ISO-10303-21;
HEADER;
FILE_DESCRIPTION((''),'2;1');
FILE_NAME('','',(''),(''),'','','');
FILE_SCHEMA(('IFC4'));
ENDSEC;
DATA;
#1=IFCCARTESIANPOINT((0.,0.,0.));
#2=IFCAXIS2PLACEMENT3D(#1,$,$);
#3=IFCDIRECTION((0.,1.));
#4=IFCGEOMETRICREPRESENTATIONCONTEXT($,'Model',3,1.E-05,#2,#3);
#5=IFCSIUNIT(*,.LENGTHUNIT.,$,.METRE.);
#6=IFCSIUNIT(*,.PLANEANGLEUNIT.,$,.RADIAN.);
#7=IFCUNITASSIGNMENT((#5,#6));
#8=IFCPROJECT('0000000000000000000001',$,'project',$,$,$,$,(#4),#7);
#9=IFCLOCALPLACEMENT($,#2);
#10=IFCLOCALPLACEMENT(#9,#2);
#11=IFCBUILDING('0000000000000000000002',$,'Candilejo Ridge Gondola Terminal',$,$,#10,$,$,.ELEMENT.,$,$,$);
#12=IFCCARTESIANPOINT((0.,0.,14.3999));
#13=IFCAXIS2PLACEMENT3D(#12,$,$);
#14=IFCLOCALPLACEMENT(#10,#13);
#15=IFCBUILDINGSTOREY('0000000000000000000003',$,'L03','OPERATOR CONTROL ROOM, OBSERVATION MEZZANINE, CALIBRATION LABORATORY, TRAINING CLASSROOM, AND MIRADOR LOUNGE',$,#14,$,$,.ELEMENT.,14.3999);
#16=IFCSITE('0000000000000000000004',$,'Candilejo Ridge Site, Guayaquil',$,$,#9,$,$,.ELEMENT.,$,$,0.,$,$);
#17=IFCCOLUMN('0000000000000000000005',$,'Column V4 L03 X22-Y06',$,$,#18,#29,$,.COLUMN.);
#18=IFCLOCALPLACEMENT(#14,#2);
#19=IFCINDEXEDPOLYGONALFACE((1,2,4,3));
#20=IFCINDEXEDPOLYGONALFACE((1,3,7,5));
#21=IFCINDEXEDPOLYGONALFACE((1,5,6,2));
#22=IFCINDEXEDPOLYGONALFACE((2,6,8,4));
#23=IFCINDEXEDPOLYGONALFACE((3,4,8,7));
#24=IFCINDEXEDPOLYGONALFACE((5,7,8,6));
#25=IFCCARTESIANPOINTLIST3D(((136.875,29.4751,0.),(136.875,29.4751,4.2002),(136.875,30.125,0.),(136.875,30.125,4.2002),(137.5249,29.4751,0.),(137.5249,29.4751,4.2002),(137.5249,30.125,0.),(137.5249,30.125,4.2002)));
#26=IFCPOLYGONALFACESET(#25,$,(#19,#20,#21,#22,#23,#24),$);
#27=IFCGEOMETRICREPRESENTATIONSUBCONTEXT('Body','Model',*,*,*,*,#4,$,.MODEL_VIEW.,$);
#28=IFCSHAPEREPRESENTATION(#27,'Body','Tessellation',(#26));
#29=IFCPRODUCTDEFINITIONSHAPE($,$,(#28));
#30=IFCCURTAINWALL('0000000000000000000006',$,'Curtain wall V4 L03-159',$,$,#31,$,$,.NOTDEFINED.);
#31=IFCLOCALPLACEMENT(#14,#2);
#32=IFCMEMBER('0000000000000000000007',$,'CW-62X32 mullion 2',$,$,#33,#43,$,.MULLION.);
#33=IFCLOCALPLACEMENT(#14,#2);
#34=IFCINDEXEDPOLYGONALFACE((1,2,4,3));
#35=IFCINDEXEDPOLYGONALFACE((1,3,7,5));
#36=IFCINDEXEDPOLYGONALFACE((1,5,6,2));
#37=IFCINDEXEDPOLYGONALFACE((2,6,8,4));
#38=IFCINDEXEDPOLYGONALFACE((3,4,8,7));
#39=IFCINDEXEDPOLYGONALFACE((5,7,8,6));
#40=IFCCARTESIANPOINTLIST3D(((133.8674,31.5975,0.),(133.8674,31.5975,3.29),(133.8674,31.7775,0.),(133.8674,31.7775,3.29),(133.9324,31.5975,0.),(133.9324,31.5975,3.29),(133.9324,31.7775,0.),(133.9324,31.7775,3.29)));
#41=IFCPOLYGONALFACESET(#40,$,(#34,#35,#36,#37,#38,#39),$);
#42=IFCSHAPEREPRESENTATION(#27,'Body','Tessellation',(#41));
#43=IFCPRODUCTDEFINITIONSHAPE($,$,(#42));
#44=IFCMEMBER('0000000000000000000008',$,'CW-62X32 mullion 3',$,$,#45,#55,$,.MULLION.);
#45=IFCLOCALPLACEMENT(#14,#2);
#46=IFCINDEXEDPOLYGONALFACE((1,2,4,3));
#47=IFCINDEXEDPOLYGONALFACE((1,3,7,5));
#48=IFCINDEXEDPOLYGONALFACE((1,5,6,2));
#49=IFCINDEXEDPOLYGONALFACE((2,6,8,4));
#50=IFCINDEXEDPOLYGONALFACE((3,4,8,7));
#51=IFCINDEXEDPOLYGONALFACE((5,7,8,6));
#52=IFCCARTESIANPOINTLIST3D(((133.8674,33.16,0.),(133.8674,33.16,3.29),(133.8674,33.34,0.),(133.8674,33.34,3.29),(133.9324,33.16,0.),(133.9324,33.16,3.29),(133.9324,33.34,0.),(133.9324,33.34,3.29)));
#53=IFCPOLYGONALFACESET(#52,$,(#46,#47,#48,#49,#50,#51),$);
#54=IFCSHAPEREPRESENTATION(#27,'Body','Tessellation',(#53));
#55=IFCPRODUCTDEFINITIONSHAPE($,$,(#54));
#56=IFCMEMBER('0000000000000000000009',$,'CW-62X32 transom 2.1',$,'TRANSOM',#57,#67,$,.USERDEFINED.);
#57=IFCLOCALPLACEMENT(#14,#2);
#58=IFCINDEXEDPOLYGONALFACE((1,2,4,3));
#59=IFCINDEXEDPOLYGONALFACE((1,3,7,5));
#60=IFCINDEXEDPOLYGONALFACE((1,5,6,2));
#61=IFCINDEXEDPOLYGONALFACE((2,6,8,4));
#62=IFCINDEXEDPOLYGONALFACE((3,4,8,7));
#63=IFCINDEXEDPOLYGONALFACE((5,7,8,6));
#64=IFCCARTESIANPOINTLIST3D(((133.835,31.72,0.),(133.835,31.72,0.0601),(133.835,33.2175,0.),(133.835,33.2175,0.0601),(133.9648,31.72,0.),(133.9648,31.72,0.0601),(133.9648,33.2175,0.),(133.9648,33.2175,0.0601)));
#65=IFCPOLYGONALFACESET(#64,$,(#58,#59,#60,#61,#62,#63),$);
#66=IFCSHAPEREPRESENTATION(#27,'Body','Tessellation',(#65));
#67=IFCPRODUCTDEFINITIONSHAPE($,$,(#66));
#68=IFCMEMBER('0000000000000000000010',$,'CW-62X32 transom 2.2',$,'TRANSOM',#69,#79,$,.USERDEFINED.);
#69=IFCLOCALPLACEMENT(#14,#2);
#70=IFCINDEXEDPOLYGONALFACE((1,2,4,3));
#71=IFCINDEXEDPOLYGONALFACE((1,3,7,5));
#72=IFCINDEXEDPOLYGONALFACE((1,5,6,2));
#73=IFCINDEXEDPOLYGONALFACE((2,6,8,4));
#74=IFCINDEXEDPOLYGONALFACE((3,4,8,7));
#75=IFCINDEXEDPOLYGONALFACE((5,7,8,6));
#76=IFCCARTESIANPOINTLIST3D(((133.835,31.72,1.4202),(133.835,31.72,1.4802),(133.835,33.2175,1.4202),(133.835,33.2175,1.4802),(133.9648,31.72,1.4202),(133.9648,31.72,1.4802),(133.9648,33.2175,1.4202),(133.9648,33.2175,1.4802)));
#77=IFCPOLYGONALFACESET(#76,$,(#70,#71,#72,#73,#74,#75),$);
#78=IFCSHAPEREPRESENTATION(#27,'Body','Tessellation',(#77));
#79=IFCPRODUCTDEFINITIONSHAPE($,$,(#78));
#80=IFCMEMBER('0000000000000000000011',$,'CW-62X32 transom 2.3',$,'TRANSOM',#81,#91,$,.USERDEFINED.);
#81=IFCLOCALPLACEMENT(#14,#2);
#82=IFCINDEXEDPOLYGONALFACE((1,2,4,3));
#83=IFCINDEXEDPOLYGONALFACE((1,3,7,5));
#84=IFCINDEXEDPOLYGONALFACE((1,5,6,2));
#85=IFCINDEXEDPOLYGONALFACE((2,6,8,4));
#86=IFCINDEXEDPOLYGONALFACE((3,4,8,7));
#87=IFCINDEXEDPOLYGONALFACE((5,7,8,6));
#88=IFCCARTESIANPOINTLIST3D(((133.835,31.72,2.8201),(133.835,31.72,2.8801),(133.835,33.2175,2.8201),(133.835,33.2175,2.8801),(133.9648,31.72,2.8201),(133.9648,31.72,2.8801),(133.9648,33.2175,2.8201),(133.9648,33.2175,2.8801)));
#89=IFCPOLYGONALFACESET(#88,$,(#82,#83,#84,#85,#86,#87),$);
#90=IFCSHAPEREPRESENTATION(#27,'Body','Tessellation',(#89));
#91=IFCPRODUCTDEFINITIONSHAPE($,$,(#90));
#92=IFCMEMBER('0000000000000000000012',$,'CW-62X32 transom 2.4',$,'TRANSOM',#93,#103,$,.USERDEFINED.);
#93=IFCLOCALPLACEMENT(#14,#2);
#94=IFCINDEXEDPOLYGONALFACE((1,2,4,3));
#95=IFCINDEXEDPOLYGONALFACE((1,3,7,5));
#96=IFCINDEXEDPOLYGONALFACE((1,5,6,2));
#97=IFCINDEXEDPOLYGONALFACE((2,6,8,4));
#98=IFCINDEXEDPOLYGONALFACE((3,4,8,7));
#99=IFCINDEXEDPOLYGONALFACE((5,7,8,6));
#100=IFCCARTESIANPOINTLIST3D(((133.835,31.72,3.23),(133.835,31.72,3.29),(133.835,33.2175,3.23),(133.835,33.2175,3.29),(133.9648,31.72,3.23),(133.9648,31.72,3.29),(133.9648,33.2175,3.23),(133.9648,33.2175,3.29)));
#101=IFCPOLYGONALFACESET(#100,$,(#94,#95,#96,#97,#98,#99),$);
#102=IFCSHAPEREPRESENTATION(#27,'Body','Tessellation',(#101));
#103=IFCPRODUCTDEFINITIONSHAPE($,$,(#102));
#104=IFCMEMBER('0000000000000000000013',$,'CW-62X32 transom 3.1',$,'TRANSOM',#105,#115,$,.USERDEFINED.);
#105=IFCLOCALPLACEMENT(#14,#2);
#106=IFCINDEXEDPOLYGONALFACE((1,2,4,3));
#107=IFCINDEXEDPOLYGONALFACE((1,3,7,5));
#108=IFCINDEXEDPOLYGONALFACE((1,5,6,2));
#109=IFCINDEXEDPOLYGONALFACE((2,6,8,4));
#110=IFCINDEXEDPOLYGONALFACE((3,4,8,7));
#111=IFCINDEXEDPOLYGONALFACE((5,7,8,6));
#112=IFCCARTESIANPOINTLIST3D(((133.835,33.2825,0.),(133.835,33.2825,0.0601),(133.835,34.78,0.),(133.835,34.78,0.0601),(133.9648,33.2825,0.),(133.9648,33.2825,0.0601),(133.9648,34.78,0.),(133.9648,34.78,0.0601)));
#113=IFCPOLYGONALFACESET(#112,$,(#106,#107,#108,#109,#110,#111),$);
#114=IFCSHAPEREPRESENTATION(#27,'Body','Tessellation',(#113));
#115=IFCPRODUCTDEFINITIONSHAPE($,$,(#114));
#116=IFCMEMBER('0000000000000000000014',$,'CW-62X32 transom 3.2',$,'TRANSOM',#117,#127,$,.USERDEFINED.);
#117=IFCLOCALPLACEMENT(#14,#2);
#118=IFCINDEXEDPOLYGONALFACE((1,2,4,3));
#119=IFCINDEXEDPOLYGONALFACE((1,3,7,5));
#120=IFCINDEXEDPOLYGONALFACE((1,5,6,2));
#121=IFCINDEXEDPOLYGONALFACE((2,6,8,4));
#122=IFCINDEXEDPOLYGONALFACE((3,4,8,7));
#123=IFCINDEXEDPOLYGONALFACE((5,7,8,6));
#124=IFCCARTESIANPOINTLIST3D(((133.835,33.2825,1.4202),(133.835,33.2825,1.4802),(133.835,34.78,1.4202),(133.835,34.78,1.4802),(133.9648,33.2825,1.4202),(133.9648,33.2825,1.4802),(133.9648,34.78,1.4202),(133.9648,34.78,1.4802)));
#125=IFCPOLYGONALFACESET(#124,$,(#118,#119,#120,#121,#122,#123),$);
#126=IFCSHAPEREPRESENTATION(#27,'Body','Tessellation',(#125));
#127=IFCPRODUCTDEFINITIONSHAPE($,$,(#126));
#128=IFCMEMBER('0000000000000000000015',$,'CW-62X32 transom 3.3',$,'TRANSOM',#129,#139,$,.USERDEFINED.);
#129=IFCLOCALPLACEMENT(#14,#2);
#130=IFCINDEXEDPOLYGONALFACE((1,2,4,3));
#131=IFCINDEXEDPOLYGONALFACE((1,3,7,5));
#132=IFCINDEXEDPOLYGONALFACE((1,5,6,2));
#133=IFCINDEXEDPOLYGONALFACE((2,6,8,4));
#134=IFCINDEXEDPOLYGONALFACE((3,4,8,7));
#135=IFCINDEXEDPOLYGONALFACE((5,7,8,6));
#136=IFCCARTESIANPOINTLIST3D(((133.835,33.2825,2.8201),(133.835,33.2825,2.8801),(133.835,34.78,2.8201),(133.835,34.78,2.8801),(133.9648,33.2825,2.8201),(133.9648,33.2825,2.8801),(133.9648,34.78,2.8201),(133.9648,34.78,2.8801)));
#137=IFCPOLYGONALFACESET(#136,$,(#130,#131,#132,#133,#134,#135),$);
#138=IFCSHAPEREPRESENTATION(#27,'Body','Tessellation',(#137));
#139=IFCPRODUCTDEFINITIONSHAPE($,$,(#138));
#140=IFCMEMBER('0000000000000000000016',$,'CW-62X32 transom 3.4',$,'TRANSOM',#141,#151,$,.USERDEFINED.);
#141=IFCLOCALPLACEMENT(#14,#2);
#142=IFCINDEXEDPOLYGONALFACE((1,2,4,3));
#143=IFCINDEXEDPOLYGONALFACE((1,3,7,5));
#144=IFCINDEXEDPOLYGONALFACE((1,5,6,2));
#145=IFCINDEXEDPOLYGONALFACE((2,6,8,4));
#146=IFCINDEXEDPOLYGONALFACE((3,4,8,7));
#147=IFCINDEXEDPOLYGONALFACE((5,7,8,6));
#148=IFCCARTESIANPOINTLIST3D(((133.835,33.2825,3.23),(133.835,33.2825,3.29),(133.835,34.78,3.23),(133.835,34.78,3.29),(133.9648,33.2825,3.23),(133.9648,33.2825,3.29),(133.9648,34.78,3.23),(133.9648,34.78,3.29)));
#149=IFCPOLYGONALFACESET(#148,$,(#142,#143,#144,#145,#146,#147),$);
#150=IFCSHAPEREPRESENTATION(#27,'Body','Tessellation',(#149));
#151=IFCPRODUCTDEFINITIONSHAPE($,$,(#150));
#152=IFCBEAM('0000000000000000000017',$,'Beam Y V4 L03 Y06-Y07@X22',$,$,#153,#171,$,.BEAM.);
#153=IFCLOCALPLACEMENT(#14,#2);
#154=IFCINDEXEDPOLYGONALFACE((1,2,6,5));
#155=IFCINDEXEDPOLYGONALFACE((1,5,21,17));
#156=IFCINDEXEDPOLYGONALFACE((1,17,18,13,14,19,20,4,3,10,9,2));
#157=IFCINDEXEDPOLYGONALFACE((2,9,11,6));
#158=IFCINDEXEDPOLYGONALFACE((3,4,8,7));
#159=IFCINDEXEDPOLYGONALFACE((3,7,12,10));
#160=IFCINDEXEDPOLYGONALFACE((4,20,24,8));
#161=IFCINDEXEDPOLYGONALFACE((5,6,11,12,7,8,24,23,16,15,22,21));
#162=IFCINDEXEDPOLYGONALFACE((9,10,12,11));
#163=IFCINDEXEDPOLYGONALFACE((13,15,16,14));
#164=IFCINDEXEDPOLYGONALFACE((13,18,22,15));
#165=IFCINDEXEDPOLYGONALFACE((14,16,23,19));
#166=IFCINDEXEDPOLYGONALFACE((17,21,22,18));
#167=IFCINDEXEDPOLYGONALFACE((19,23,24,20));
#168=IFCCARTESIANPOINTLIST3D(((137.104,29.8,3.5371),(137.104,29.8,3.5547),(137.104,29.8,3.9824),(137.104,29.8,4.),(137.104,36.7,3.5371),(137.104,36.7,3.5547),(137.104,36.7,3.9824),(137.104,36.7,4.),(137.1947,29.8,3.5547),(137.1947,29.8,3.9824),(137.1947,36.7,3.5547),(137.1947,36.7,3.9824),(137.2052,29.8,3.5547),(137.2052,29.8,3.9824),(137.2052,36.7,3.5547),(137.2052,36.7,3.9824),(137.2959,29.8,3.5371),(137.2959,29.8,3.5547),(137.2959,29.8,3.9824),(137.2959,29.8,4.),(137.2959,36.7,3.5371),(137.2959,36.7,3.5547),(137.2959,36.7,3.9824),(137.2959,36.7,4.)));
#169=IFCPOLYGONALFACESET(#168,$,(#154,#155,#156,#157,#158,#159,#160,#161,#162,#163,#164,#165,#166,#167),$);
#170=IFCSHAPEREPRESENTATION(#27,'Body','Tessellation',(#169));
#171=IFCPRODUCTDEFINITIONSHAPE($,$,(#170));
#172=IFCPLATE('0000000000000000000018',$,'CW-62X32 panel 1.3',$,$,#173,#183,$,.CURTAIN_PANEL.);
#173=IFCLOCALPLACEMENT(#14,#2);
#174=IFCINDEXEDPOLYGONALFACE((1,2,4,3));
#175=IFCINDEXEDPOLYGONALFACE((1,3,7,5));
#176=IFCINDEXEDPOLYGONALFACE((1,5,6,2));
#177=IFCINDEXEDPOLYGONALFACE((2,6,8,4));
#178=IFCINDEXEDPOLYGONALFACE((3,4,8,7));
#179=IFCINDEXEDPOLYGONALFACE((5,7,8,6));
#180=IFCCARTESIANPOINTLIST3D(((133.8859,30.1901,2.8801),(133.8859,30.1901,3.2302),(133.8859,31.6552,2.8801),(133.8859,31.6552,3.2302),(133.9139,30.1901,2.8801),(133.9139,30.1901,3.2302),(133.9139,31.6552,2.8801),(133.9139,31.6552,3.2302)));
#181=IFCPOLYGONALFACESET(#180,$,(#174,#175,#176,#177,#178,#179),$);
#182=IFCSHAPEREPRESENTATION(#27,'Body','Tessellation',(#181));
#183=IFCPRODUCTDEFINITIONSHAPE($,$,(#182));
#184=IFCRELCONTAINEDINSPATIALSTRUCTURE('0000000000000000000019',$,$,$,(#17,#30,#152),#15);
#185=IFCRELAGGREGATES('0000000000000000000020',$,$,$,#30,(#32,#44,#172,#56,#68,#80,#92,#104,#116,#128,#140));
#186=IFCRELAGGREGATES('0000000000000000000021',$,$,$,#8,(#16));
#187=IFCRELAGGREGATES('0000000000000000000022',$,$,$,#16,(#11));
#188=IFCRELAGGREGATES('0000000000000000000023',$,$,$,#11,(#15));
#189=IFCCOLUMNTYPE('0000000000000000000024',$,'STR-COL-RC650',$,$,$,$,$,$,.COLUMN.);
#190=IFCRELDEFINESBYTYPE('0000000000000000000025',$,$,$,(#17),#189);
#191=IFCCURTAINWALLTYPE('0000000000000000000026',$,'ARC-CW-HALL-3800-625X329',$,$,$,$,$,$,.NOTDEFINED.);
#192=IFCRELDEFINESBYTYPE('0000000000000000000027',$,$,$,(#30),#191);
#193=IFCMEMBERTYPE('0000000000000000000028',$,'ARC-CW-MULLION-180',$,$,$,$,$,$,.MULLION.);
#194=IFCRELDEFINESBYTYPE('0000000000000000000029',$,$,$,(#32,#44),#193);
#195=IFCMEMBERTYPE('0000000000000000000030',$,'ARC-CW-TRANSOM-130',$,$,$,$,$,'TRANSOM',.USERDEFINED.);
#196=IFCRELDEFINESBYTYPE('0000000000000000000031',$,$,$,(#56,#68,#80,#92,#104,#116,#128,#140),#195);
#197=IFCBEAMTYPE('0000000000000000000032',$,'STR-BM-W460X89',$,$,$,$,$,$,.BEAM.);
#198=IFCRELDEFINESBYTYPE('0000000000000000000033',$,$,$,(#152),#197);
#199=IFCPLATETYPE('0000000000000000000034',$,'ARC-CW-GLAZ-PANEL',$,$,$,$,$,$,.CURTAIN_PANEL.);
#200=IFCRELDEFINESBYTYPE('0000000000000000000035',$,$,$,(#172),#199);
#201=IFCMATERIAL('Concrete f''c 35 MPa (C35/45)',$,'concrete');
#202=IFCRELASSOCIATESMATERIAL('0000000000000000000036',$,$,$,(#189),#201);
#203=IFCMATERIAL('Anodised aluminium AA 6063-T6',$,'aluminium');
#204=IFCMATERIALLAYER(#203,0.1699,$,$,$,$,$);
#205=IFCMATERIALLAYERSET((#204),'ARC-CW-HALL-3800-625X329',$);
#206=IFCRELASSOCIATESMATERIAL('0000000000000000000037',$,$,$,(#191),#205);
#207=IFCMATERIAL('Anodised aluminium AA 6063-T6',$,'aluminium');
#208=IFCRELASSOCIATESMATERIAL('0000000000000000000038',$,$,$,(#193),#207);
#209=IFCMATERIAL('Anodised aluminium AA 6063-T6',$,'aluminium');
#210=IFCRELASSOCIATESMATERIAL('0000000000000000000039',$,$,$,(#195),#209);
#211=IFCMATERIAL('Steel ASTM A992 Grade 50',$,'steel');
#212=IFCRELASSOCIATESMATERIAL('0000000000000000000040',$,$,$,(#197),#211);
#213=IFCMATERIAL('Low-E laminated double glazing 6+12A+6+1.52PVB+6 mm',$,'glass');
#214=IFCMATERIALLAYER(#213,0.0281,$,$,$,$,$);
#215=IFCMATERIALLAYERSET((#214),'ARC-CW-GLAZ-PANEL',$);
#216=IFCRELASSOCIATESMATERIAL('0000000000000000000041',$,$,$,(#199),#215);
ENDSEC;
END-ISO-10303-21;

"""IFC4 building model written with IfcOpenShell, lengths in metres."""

from ifc_helpers import new_model, si_unit, direction, frame, origin, origin_2d, place, context, subcontext, project, spatial, rectangle, i_section, extrude, material, layer, layer_set, material_profile, profile_set, type_object, element, aggregate, save


model = new_model("IFC4")

# Units and contexts
model_context = context("Model", 3, precision=1e-05, world=origin(), true_north=direction((0.0, 1.0)))
body_context = subcontext(model_context, "Body", "Model", "MODEL_VIEW")
ifc_project = project(units=[si_unit("LENGTHUNIT", "METRE"), si_unit("PLANEANGLEUNIT", "RADIAN")], contexts=[model_context])

# Site, building, storey
site_placement = place(None, origin())
site = spatial("IfcSite", under=ifc_project, at=site_placement, Name="Candilejo Ridge Site, Guayaquil", CompositionType="ELEMENT", RefElevation=0.0)
building_placement = place(site_placement, origin())
building = spatial("IfcBuilding", under=site, at=building_placement, Name="Candilejo Ridge Gondola Terminal", CompositionType="ELEMENT")
storey_placement = place(building_placement, frame((0.0, 0.0, 14.3999)))
storey = spatial("IfcBuildingStorey", under=building, at=storey_placement, Name="L03", Description="OPERATOR CONTROL ROOM, OBSERVATION MEZZANINE, CALIBRATION LABORATORY, TRAINING CLASSROOM, AND MIRADOR LOUNGE", CompositionType="ELEMENT", Elevation=14.3999)

# Column
ifc_material_1 = material(Name="Concrete f'c 35 MPa (C35/45)", Category="concrete")
ifc_material_profile_1 = material_profile(ifc_material_1, rectangle(XDim=0.6499, YDim=0.6499, at=origin_2d()))
ifc_profile_set_1 = profile_set([ifc_material_profile_1], Name="Concrete f'c 35 MPa (C35/45)")
column_type = type_object("IfcColumnType", Name="STR-COL-RC650", PredefinedType="COLUMN", material=ifc_profile_set_1)
column_placement = place(storey_placement, frame((137.2, 29.8, 0.0), z_axis=(0.0, 0.0, 1.0), x_axis=(1.0, 0.0, 0.0)))
element("IfcColumn", 1, at=column_placement, inside=storey, type_object=column_type, Name="Column V4 L03 X22-Y06", PredefinedType="COLUMN", context=body_context, shape_type="SweptSolid", body=[
    extrude(rectangle(XDim=0.6499, YDim=0.6499, at=origin_2d()), origin(), (0.0, 0.0, 1.0), 4.2002),
])

# Curtain wall, members
ifc_material_2 = material(Name="Anodised aluminium AA 6063-T6", Category="aluminium")
ifc_layer_1 = layer(ifc_material_2, 0.1699)
ifc_layer_set_1 = layer_set([ifc_layer_1], Name="ARC-CW-HALL-3800-625X329")
curtain_wall_type = type_object("IfcCurtainWallType", Name="ARC-CW-HALL-3800-625X329", PredefinedType="NOTDEFINED", material=ifc_layer_set_1)
curtain_wall_placement = place(storey_placement, origin())
curtain_wall = element("IfcCurtainWall", 2, at=curtain_wall_placement, inside=storey, type_object=curtain_wall_type, Name="Curtain wall V4 L03-159", PredefinedType="NOTDEFINED")
ifc_material_3 = material(Name="Anodised aluminium AA 6063-T6", Category="aluminium")
ifc_material_profile_2 = material_profile(ifc_material_3, rectangle(XDim=0.0649, YDim=0.1799, at=origin_2d()))
ifc_profile_set_2 = profile_set([ifc_material_profile_2], Name="Anodised aluminium AA 6063-T6")
member_type_1 = type_object("IfcMemberType", Name="ARC-CW-MULLION-180", PredefinedType="MULLION", material=ifc_profile_set_2)
member_1_placement = place(storey_placement, frame((133.8999, 31.6875, 0.0), z_axis=(0.0, 0.0, 1.0), x_axis=(-1.0, 0.0, 0.0)))
member_1 = element("IfcMember", 3, at=member_1_placement, type_object=member_type_1, Name="CW-62X32 mullion 2", PredefinedType="MULLION", context=body_context, shape_type="SweptSolid", body=[
    extrude(rectangle(XDim=0.0649, YDim=0.1799, at=origin_2d()), origin(), (0.0, 0.0, 1.0), 3.29),
])
member_2_placement = place(storey_placement, frame((133.8999, 33.25, 0.0), z_axis=(0.0, 0.0, 1.0), x_axis=(-1.0, 0.0, 0.0)))
member_2 = element("IfcMember", 4, at=member_2_placement, type_object=member_type_1, Name="CW-62X32 mullion 3", PredefinedType="MULLION", context=body_context, shape_type="SweptSolid", body=[
    extrude(rectangle(XDim=0.0649, YDim=0.1799, at=origin_2d()), origin(), (0.0, 0.0, 1.0), 3.29),
])
ifc_material_4 = material(Name="Anodised aluminium AA 6063-T6", Category="aluminium")
ifc_material_profile_3 = material_profile(ifc_material_4, rectangle(XDim=0.1299, YDim=0.0601, at=origin_2d()))
ifc_profile_set_3 = profile_set([ifc_material_profile_3], Name="Anodised aluminium AA 6063-T6")
member_type_2 = type_object("IfcMemberType", Name="ARC-CW-TRANSOM-130", ElementType="TRANSOM", PredefinedType="USERDEFINED", material=ifc_profile_set_3)
member_3_placement = place(storey_placement, frame((133.8999, 31.72, 0.03), z_axis=(0.0, 1.0, 0.0), x_axis=(-1.0, 0.0, 0.0)))
member_3 = element("IfcMember", 5, at=member_3_placement, type_object=member_type_2, Name="CW-62X32 transom 2.1", ObjectType="TRANSOM", PredefinedType="USERDEFINED", context=body_context, shape_type="SweptSolid", body=[
    extrude(rectangle(XDim=0.1299, YDim=0.0601, at=origin_2d()), origin(), (0.0, 0.0, 1.0), 1.4976),
])
member_4_placement = place(storey_placement, frame((133.8999, 31.72, 1.4502), z_axis=(0.0, 1.0, 0.0), x_axis=(-1.0, 0.0, 0.0)))
member_4 = element("IfcMember", 6, at=member_4_placement, type_object=member_type_2, Name="CW-62X32 transom 2.2", ObjectType="TRANSOM", PredefinedType="USERDEFINED", context=body_context, shape_type="SweptSolid", body=[
    extrude(rectangle(XDim=0.1299, YDim=0.0601, at=origin_2d()), origin(), (0.0, 0.0, 1.0), 1.4976),
])
member_5_placement = place(storey_placement, frame((133.8999, 31.72, 2.8501), z_axis=(0.0, 1.0, 0.0), x_axis=(-1.0, 0.0, 0.0)))
member_5 = element("IfcMember", 7, at=member_5_placement, type_object=member_type_2, Name="CW-62X32 transom 2.3", ObjectType="TRANSOM", PredefinedType="USERDEFINED", context=body_context, shape_type="SweptSolid", body=[
    extrude(rectangle(XDim=0.1299, YDim=0.0601, at=origin_2d()), origin(), (0.0, 0.0, 1.0), 1.4976),
])
member_6_placement = place(storey_placement, frame((133.8999, 31.72, 3.26), z_axis=(0.0, 1.0, 0.0), x_axis=(-1.0, 0.0, 0.0)))
member_6 = element("IfcMember", 8, at=member_6_placement, type_object=member_type_2, Name="CW-62X32 transom 2.4", ObjectType="TRANSOM", PredefinedType="USERDEFINED", context=body_context, shape_type="SweptSolid", body=[
    extrude(rectangle(XDim=0.1299, YDim=0.0601, at=origin_2d()), origin(), (0.0, 0.0, 1.0), 1.4976),
])
member_7_placement = place(storey_placement, frame((133.8999, 33.2825, 0.03), z_axis=(0.0, 1.0, 0.0), x_axis=(-1.0, 0.0, 0.0)))
member_7 = element("IfcMember", 9, at=member_7_placement, type_object=member_type_2, Name="CW-62X32 transom 3.1", ObjectType="TRANSOM", PredefinedType="USERDEFINED", context=body_context, shape_type="SweptSolid", body=[
    extrude(rectangle(XDim=0.1299, YDim=0.0601, at=origin_2d()), origin(), (0.0, 0.0, 1.0), 1.4976),
])
member_8_placement = place(storey_placement, frame((133.8999, 33.2825, 1.4502), z_axis=(0.0, 1.0, 0.0), x_axis=(-1.0, 0.0, 0.0)))
member_8 = element("IfcMember", 10, at=member_8_placement, type_object=member_type_2, Name="CW-62X32 transom 3.2", ObjectType="TRANSOM", PredefinedType="USERDEFINED", context=body_context, shape_type="SweptSolid", body=[
    extrude(rectangle(XDim=0.1299, YDim=0.0601, at=origin_2d()), origin(), (0.0, 0.0, 1.0), 1.4976),
])
member_9_placement = place(storey_placement, frame((133.8999, 33.2825, 2.8501), z_axis=(0.0, 1.0, 0.0), x_axis=(-1.0, 0.0, 0.0)))
member_9 = element("IfcMember", 11, at=member_9_placement, type_object=member_type_2, Name="CW-62X32 transom 3.3", ObjectType="TRANSOM", PredefinedType="USERDEFINED", context=body_context, shape_type="SweptSolid", body=[
    extrude(rectangle(XDim=0.1299, YDim=0.0601, at=origin_2d()), origin(), (0.0, 0.0, 1.0), 1.4976),
])
member_10_placement = place(storey_placement, frame((133.8999, 33.2825, 3.26), z_axis=(0.0, 1.0, 0.0), x_axis=(-1.0, 0.0, 0.0)))
member_10 = element("IfcMember", 12, at=member_10_placement, type_object=member_type_2, Name="CW-62X32 transom 3.4", ObjectType="TRANSOM", PredefinedType="USERDEFINED", context=body_context, shape_type="SweptSolid", body=[
    extrude(rectangle(XDim=0.1299, YDim=0.0601, at=origin_2d()), origin(), (0.0, 0.0, 1.0), 1.4976),
])

# Beam
ifc_material_5 = material(Name="Steel ASTM A992 Grade 50", Category="steel")
ifc_material_profile_4 = material_profile(ifc_material_5, i_section(OverallWidth=0.1919, OverallDepth=0.4629, WebThickness=0.0105, FlangeThickness=0.0176, at=origin_2d()))
ifc_profile_set_4 = profile_set([ifc_material_profile_4], Name="Steel ASTM A992 Grade 50")
beam_type = type_object("IfcBeamType", Name="STR-BM-W460X89", PredefinedType="BEAM", material=ifc_profile_set_4)
beam_placement = place(storey_placement, frame((137.2, 29.8, 3.7686), z_axis=(0.0, 1.0, 0.0), x_axis=(-1.0, 0.0, 0.0)))
element("IfcBeam", 13, at=beam_placement, inside=storey, type_object=beam_type, Name="Beam Y V4 L03 Y06-Y07@X22", PredefinedType="BEAM", context=body_context, shape_type="SweptSolid", body=[
    extrude(i_section(OverallWidth=0.1919, OverallDepth=0.4629, WebThickness=0.0105, FlangeThickness=0.0176, at=origin_2d()), origin(), (0.0, 0.0, 1.0), 6.8999),
])

# Plate
ifc_material_6 = material(Name="Low-E laminated double glazing 6+12A+6+1.52PVB+6 mm", Category="glass")
ifc_layer_2 = layer(ifc_material_6, 0.0281)
ifc_layer_set_2 = layer_set([ifc_layer_2], Name="ARC-CW-GLAZ-PANEL")
plate_type = type_object("IfcPlateType", Name="ARC-CW-GLAZ-PANEL", PredefinedType="CURTAIN_PANEL", material=ifc_layer_set_2)
plate_1_placement = place(storey_placement, frame((133.8999, 30.9226, 2.8801), z_axis=(0.0, 0.0, 1.0), x_axis=(0.0, 1.0, 0.0)))
plate_1 = element("IfcPlate", 14, at=plate_1_placement, type_object=plate_type, Name="CW-62X32 panel 1.3", PredefinedType="CURTAIN_PANEL", context=body_context, shape_type="SweptSolid", body=[
    extrude(rectangle(XDim=1.4651, YDim=0.0281, at=origin_2d()), origin(), (0.0, 0.0, 1.0), 0.3501),
])
aggregate(curtain_wall, [member_1, member_2, plate_1, member_3, member_4, member_5, member_6, member_7, member_8, member_9, member_10])

save(model, "model.ifc")
